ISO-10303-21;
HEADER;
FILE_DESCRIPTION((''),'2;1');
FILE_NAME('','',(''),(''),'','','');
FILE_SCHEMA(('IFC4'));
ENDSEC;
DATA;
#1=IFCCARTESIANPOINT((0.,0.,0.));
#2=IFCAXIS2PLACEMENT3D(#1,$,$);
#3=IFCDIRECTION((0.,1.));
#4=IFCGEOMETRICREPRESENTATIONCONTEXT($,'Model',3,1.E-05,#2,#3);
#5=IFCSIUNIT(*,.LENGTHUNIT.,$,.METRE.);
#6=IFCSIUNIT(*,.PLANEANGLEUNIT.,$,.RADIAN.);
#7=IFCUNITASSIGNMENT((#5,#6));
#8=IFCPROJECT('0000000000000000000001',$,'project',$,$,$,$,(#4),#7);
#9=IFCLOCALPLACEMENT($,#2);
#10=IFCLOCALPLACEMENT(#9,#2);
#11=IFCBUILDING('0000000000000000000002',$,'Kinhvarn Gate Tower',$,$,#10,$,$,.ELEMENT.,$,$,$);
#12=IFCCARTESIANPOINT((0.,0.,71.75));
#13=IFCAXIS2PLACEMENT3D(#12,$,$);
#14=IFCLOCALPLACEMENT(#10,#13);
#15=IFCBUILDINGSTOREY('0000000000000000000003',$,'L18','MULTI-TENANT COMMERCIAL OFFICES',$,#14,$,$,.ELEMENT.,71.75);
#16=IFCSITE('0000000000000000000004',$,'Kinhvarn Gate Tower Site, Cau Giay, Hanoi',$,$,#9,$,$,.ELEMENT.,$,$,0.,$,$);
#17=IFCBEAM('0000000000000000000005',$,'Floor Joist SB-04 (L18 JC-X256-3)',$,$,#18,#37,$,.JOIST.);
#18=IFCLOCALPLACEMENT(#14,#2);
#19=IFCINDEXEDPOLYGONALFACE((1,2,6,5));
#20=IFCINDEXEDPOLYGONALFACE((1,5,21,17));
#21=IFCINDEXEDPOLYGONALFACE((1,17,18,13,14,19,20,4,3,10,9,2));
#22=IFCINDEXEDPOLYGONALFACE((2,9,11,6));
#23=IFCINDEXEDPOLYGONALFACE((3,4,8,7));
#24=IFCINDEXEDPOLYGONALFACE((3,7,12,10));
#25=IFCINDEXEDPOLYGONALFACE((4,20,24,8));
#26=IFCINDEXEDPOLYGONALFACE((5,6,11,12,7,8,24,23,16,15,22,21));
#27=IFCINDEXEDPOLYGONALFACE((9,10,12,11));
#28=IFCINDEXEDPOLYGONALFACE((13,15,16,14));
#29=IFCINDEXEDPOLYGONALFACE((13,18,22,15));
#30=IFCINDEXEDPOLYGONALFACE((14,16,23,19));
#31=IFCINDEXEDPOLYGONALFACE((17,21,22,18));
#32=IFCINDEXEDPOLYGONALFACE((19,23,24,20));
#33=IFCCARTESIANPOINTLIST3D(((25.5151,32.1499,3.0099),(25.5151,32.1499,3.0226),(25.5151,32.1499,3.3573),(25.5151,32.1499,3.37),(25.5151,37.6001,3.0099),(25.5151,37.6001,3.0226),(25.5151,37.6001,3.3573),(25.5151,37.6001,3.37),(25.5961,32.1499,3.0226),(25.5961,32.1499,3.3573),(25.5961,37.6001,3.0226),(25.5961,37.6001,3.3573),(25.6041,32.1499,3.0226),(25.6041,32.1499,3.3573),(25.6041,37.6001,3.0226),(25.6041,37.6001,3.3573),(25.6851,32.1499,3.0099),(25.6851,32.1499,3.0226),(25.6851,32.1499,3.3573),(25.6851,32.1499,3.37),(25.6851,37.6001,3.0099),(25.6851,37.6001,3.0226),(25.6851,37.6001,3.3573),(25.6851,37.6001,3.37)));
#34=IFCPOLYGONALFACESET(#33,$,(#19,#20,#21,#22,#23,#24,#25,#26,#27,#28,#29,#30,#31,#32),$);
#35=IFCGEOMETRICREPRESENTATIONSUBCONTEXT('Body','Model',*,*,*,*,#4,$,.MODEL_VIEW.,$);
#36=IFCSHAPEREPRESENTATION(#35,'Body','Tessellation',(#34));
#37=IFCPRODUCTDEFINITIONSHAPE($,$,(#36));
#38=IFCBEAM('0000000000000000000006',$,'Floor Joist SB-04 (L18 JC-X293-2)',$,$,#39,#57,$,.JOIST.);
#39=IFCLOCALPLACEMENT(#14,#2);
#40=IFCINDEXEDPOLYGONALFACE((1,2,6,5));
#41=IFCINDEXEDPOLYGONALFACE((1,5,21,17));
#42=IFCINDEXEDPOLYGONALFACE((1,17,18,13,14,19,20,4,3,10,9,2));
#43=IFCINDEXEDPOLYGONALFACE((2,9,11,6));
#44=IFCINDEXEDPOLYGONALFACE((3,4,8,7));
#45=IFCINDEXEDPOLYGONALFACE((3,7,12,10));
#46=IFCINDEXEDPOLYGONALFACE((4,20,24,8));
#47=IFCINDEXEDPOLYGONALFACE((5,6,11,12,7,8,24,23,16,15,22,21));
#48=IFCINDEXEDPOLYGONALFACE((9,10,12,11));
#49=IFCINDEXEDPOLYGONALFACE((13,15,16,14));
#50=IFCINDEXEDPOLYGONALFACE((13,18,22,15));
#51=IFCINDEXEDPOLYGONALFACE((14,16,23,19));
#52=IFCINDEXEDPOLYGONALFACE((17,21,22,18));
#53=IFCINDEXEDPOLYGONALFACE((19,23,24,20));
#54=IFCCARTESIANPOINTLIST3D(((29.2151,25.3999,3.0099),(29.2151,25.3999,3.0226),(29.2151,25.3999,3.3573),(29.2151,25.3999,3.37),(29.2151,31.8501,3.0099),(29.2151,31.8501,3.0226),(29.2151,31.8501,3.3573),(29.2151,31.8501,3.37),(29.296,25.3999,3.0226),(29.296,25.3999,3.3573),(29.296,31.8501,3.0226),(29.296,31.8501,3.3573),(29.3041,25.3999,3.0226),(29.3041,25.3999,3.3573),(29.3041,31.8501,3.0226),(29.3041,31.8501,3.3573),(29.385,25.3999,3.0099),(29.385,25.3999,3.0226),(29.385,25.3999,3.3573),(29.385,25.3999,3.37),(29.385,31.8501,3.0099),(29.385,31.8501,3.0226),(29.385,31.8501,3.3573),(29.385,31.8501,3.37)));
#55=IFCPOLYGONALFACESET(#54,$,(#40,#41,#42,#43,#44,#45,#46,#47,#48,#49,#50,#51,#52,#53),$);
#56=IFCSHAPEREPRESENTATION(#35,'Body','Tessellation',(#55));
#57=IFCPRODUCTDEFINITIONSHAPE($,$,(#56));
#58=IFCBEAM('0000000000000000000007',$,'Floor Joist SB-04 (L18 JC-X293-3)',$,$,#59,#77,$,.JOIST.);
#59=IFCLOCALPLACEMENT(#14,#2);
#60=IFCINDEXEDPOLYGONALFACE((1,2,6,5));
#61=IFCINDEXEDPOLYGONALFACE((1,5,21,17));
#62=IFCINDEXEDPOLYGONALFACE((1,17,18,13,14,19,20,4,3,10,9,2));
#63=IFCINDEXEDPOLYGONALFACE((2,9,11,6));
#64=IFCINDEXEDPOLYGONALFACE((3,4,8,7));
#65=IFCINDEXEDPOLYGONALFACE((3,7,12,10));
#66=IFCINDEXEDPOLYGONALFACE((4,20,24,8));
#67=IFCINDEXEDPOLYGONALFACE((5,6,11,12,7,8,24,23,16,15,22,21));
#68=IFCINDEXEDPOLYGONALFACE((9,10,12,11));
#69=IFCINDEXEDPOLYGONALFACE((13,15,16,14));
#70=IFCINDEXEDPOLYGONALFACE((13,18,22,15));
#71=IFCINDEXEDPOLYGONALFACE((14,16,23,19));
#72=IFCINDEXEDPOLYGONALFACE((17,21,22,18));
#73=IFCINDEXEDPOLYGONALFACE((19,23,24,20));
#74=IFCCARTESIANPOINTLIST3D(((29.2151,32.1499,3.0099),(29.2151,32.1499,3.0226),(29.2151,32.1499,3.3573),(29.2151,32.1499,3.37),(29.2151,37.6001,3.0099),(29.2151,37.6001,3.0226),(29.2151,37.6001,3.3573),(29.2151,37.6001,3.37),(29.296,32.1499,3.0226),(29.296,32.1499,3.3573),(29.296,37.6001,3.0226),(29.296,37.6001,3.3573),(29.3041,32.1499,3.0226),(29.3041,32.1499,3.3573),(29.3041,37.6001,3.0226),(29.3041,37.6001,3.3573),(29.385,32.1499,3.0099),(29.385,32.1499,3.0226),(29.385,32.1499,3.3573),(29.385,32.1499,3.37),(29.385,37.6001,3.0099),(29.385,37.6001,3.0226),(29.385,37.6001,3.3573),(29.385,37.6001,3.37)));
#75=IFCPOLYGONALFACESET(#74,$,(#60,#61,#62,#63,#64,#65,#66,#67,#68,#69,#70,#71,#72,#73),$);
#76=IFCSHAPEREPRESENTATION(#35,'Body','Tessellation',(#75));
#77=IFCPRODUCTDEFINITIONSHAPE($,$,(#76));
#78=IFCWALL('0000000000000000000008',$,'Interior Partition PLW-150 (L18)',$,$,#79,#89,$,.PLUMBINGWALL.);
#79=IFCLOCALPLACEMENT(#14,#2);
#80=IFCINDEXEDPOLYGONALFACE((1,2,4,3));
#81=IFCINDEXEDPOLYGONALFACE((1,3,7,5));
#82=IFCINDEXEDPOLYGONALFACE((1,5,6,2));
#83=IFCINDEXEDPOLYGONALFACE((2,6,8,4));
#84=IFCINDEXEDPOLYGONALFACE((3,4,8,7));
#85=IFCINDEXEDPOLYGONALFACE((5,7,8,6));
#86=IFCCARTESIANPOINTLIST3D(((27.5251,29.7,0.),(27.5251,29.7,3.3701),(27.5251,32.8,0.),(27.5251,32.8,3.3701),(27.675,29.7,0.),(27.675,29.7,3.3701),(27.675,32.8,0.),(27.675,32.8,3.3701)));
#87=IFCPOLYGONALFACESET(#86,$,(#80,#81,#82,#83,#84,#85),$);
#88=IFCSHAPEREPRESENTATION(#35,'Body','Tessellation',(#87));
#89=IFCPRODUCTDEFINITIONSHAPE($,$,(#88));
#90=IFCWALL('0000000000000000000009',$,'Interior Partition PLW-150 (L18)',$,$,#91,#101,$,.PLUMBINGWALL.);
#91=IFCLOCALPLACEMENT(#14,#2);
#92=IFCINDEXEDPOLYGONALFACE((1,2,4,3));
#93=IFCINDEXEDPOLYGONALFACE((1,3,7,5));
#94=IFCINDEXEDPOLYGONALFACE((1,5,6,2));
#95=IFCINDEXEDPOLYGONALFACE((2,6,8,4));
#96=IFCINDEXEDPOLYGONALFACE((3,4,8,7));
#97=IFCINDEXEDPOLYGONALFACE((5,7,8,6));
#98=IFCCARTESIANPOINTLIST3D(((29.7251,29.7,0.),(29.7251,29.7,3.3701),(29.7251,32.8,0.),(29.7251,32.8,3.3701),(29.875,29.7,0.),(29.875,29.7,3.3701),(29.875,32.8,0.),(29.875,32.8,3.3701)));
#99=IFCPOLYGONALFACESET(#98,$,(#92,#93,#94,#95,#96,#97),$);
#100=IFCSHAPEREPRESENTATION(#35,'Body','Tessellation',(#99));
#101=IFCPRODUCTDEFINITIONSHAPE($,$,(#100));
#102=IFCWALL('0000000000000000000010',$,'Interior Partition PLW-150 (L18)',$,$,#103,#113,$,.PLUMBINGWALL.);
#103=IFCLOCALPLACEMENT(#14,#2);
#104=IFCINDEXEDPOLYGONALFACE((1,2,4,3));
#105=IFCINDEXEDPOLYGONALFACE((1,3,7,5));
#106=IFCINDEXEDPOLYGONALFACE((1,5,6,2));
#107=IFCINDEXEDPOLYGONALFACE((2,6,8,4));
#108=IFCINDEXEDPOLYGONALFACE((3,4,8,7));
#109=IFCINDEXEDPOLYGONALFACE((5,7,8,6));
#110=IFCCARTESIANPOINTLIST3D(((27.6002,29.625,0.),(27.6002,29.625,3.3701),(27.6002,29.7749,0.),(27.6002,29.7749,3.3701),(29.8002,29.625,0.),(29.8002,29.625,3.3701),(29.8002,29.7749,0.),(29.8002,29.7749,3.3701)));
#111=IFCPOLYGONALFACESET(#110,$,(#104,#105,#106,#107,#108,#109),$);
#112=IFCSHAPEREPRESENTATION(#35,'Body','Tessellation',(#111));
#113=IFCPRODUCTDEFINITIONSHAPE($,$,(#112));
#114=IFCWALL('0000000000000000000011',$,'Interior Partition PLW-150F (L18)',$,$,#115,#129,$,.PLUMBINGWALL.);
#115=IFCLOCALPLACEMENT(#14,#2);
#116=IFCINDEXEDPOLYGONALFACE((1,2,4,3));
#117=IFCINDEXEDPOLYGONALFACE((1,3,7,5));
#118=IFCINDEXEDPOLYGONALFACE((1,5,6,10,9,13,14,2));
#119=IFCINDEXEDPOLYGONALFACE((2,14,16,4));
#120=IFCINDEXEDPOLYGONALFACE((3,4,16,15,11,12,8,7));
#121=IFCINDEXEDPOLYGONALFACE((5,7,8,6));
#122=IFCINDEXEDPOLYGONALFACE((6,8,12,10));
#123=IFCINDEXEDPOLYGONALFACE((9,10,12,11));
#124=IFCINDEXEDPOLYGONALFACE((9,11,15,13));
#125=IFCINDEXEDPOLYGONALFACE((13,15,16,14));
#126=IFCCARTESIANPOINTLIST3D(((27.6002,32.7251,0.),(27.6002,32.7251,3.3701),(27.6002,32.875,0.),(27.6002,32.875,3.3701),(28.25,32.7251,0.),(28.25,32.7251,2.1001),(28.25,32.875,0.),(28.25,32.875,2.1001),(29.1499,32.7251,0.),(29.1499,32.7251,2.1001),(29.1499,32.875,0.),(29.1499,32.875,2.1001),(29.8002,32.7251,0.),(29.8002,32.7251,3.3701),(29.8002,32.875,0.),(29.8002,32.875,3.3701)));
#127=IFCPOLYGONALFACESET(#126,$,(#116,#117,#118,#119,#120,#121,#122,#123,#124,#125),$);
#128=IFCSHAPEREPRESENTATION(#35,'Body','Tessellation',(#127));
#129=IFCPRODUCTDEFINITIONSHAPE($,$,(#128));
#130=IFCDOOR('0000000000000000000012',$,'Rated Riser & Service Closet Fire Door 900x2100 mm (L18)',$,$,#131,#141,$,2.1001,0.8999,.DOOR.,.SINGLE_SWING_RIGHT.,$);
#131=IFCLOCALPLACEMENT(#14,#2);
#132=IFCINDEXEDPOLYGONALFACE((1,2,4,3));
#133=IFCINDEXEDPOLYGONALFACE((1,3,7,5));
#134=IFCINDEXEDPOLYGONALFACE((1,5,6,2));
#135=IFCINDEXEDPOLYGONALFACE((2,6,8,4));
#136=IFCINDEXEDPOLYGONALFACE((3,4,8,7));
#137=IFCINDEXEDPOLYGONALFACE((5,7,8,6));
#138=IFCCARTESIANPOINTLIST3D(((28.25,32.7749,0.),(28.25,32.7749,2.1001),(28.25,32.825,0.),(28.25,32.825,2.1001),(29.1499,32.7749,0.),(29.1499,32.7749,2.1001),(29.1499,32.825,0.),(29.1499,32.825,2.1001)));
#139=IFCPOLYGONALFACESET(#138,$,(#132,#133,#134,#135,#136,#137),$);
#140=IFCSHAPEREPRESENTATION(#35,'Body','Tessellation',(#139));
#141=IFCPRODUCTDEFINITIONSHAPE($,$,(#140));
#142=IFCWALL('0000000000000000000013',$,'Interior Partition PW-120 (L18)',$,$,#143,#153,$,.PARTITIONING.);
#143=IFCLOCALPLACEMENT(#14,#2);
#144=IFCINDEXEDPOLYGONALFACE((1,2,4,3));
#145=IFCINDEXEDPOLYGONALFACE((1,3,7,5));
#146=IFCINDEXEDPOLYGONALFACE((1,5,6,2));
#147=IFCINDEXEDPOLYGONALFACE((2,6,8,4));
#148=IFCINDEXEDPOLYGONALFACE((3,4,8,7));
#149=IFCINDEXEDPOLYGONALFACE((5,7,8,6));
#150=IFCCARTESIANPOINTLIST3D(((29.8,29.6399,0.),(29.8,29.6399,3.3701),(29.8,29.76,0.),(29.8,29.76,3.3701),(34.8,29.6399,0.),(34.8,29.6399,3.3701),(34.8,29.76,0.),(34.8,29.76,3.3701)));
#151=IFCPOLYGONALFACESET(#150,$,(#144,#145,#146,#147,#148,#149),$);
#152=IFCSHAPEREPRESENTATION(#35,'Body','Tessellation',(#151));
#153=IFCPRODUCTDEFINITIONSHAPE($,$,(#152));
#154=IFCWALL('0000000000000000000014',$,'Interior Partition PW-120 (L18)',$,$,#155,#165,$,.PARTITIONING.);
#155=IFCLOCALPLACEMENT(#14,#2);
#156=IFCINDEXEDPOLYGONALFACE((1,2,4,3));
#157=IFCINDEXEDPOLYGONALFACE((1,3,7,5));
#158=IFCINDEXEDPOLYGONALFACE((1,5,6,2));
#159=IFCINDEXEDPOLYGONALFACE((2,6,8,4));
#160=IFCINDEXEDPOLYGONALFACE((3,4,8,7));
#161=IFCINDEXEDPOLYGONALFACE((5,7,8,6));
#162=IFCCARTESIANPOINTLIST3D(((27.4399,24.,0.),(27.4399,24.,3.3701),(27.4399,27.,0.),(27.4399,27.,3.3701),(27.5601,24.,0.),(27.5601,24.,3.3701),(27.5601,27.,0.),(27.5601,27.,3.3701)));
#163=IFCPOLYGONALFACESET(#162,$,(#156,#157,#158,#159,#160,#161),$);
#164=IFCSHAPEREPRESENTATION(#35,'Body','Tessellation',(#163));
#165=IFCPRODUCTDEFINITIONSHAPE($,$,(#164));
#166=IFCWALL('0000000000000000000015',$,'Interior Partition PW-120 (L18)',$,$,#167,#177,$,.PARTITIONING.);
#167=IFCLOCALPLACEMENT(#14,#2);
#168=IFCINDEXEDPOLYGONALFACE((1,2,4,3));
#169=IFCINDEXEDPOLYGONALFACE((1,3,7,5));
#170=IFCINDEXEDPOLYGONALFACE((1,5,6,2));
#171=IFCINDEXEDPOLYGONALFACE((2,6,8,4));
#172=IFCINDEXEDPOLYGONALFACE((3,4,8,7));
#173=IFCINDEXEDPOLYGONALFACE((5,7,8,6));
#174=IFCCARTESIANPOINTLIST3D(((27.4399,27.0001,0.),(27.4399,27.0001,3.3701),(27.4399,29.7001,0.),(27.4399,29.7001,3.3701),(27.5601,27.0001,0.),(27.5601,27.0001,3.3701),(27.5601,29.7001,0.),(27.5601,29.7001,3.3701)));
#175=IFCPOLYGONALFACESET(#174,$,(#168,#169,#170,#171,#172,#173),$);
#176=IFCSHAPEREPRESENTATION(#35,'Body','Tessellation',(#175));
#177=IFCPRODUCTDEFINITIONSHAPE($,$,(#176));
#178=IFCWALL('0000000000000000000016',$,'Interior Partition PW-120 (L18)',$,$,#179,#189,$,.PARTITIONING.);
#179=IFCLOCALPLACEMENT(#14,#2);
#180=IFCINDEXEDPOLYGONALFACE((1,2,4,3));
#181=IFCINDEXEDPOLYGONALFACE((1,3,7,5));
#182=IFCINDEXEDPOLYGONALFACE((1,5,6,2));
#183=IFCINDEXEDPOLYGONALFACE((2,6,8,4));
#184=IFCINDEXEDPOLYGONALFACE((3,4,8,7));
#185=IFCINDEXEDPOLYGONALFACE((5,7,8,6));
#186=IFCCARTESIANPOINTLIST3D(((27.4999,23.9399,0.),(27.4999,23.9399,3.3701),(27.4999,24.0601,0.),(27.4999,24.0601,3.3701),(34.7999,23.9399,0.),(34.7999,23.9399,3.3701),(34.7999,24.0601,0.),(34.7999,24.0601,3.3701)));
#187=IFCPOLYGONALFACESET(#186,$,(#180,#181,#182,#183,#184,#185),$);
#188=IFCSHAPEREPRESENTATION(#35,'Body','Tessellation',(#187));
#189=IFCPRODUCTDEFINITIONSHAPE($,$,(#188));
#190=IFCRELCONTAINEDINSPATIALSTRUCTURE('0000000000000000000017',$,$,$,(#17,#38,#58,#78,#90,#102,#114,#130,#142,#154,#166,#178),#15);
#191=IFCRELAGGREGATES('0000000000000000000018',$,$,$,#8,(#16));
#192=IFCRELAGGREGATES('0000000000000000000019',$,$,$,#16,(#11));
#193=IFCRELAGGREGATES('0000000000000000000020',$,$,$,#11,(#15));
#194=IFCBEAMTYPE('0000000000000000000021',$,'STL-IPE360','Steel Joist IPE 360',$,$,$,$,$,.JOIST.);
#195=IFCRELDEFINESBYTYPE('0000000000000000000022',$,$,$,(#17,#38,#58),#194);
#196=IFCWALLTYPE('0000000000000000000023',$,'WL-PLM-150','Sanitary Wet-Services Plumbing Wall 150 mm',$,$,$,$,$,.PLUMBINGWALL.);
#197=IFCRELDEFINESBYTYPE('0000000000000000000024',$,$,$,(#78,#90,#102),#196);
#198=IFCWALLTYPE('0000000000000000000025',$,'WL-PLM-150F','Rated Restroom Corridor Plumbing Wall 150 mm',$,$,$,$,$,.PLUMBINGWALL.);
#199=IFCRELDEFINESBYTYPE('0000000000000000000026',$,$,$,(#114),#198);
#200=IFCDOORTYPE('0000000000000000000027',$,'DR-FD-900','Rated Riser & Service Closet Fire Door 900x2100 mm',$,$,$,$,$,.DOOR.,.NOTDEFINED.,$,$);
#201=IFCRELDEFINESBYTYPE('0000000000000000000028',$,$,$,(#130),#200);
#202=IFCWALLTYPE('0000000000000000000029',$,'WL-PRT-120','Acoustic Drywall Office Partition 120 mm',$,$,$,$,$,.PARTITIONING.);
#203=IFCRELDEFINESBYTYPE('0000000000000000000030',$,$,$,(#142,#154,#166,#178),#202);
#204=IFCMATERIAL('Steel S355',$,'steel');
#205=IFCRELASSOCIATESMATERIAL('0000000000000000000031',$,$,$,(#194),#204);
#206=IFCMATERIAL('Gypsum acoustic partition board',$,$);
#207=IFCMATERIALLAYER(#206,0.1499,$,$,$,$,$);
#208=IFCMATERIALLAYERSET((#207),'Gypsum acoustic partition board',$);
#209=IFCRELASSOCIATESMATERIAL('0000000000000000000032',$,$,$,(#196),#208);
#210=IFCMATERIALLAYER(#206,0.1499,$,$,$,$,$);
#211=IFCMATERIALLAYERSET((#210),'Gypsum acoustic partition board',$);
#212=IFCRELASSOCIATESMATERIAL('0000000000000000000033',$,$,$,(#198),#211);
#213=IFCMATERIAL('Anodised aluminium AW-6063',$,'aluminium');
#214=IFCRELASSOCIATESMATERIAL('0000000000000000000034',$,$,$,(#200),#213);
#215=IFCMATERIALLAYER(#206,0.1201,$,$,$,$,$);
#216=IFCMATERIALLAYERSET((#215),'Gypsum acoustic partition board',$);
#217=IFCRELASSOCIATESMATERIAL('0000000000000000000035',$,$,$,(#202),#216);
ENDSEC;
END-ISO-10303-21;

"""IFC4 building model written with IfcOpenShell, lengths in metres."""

from ifc_helpers import new_model, si_unit, direction, frame, frame_2d, origin, origin_2d, place, context, subcontext, project, spatial, rectangle, i_section, extrude, material, layer, layer_set, material_profile, profile_set, type_object, element, fill, save


model = new_model("IFC4")

# Units and contexts
model_context = context("Model", 3, precision=1e-05, world=origin(), true_north=direction((0.0, 1.0)))
body_context = subcontext(model_context, "Body", "Model", "MODEL_VIEW")
ifc_project = project(units=[si_unit("LENGTHUNIT", "METRE"), si_unit("PLANEANGLEUNIT", "RADIAN")], contexts=[model_context])

# Site, building, storey
site_placement = place(None, origin())
site = spatial("IfcSite", under=ifc_project, at=site_placement, Name="Kinhvarn Gate Tower Site, Cau Giay, Hanoi", CompositionType="ELEMENT", RefElevation=0.0)
building_placement = place(site_placement, origin())
building = spatial("IfcBuilding", under=site, at=building_placement, Name="Kinhvarn Gate Tower", CompositionType="ELEMENT")
storey_placement = place(building_placement, frame((0.0, 0.0, 71.75)))
storey = spatial("IfcBuildingStorey", under=building, at=storey_placement, Name="L18", Description="MULTI-TENANT COMMERCIAL OFFICES", CompositionType="ELEMENT", Elevation=71.75)

# Beams
ifc_material_1 = material(Name="Steel S355", Category="steel")
ifc_material_profile = material_profile(ifc_material_1, i_section(OverallWidth=0.1699, OverallDepth=0.3601, WebThickness=0.0081, FlangeThickness=0.0127, at=origin_2d()), Name="IPE 360")
ifc_profile_set = profile_set([ifc_material_profile], Name="Steel S355")
beam_type = type_object("IfcBeamType", Name="STL-IPE360", Description="Steel Joist IPE 360", PredefinedType="JOIST", material=ifc_profile_set)
beam_1_placement = place(storey_placement, frame((25.6001, 32.1499, 3.1899), z_axis=(0.0, 1.0, 0.0), x_axis=(-1.0, 0.0, 0.0)))
element("IfcBeam", 1, at=beam_1_placement, inside=storey, type_object=beam_type, Name="Floor Joist SB-04 (L18 JC-X256-3)", PredefinedType="JOIST", context=body_context, shape_type="SweptSolid", body=[
    extrude(i_section(OverallWidth=0.1699, OverallDepth=0.3601, WebThickness=0.0081, FlangeThickness=0.0127, at=origin_2d()), origin(), (0.0, 0.0, 1.0), 5.4502),
])
beam_2_placement = place(storey_placement, frame((29.3, 25.3999, 3.1899), z_axis=(0.0, 1.0, 0.0), x_axis=(-1.0, 0.0, 0.0)))
element("IfcBeam", 2, at=beam_2_placement, inside=storey, type_object=beam_type, Name="Floor Joist SB-04 (L18 JC-X293-2)", PredefinedType="JOIST", context=body_context, shape_type="SweptSolid", body=[
    extrude(i_section(OverallWidth=0.1699, OverallDepth=0.3601, WebThickness=0.0081, FlangeThickness=0.0127, at=origin_2d()), origin(), (0.0, 0.0, 1.0), 6.4502),
])
beam_3_placement = place(storey_placement, frame((29.3, 32.1499, 3.1899), z_axis=(0.0, 1.0, 0.0), x_axis=(-1.0, 0.0, 0.0)))
element("IfcBeam", 3, at=beam_3_placement, inside=storey, type_object=beam_type, Name="Floor Joist SB-04 (L18 JC-X293-3)", PredefinedType="JOIST", context=body_context, shape_type="SweptSolid", body=[
    extrude(i_section(OverallWidth=0.1699, OverallDepth=0.3601, WebThickness=0.0081, FlangeThickness=0.0127, at=origin_2d()), origin(), (0.0, 0.0, 1.0), 5.4502),
])

# Walls
ifc_material_2 = material(Name="Gypsum acoustic partition board")
ifc_layer_1 = layer(ifc_material_2, 0.1499)
ifc_layer_set_1 = layer_set([ifc_layer_1], Name="Gypsum acoustic partition board")
wall_type_1 = type_object("IfcWallType", Name="WL-PLM-150", Description="Sanitary Wet-Services Plumbing Wall 150 mm", PredefinedType="PLUMBINGWALL", material=ifc_layer_set_1)
for number, where, z_axis, x_axis, name in (
    (4, (27.6001, 29.7, 0.0), (0.0, 0.0, 1.0), (0.0, 1.0, 0.0), "Interior Partition PLW-150 (L18)"),
    (5, (29.8, 29.7, 0.0), (0.0, 0.0, 1.0), (0.0, 1.0, 0.0), "Interior Partition PLW-150 (L18)"),
):
    element("IfcWall", number, at=place(storey_placement, frame(where, z_axis=z_axis, x_axis=x_axis)), inside=storey, type_object=wall_type_1, Name=name, PredefinedType="PLUMBINGWALL", context=body_context, shape_type="SweptSolid", body=[
        extrude(rectangle(XDim=3.1001, YDim=0.1499, at=frame_2d((1.55, 0.0))), origin(), (0.0, 0.0, 1.0), 3.3701),
    ])
wall_1_placement = place(storey_placement, frame((27.6001, 29.7, 0.0), z_axis=(0.0, 0.0, 1.0), x_axis=(1.0, 0.0, 0.0)))
element("IfcWall", 6, at=wall_1_placement, inside=storey, type_object=wall_type_1, Name="Interior Partition PLW-150 (L18)", PredefinedType="PLUMBINGWALL", context=body_context, shape_type="SweptSolid", body=[
    extrude(rectangle(XDim=2.2, YDim=0.1499, at=frame_2d((1.1001, 0.0))), origin(), (0.0, 0.0, 1.0), 3.3701),
])

# Wall, opening, door
ifc_layer_2 = layer(ifc_material_2, 0.1499)
ifc_layer_set_2 = layer_set([ifc_layer_2], Name="Gypsum acoustic partition board")
wall_type_2 = type_object("IfcWallType", Name="WL-PLM-150F", Description="Rated Restroom Corridor Plumbing Wall 150 mm", PredefinedType="PLUMBINGWALL", material=ifc_layer_set_2)
wall_2_placement = place(storey_placement, frame((27.6001, 32.8, 0.0), z_axis=(0.0, 0.0, 1.0), x_axis=(1.0, 0.0, 0.0)))
wall_2 = element("IfcWall", 7, at=wall_2_placement, inside=storey, type_object=wall_type_2, Name="Interior Partition PLW-150F (L18)", PredefinedType="PLUMBINGWALL", context=body_context, shape_type="SweptSolid", body=[
    extrude(rectangle(XDim=2.2, YDim=0.1499, at=frame_2d((1.1001, 0.0))), origin(), (0.0, 0.0, 1.0), 3.3701),
])
opening_1_placement = place(wall_2_placement, frame((0.6499, 0.0, 0.0)))
opening_1 = element("IfcOpeningElement", 8, at=opening_1_placement, cuts=wall_2, PredefinedType="OPENING", context=body_context, shape_type="SweptSolid", body=[
    extrude(rectangle(XDim=0.8999, YDim=2.1001, at=frame_2d((0.45, 1.05))), frame((0.0, 0.085, 0.0), z_axis=(0.0, -1.0, 0.0), x_axis=(1.0, 0.0, 0.0)), (0.0, 0.0, 1.0), 0.1699),
])
ifc_material_3 = material(Name="Anodised aluminium AW-6063", Category="aluminium")
door_type_1 = type_object("IfcDoorType", Name="DR-FD-900", Description="Rated Riser & Service Closet Fire Door 900x2100 mm", OperationType="NOTDEFINED", PredefinedType="DOOR", material=ifc_material_3)
door_1_placement = place(opening_1_placement, origin())
door_1 = element("IfcDoor", 9, at=door_1_placement, inside=storey, type_object=door_type_1, Name="Rated Riser & Service Closet Fire Door 900x2100 mm (L18)", OperationType="SINGLE_SWING_RIGHT", OverallHeight=2.1001, OverallWidth=0.8999, PredefinedType="DOOR", context=body_context, shape_type="SweptSolid", body=[
    extrude(rectangle(XDim=0.8999, YDim=2.1001, at=frame_2d((0.45, 1.05))), frame((0.0, 0.0249, 0.0), z_axis=(0.0, -1.0, 0.0), x_axis=(1.0, 0.0, 0.0)), (0.0, 0.0, 1.0), 0.05),
])
fill(opening_1, door_1)

# Walls
ifc_layer_3 = layer(ifc_material_2, 0.1201)
ifc_layer_set_3 = layer_set([ifc_layer_3], Name="Gypsum acoustic partition board")
wall_type_3 = type_object("IfcWallType", Name="WL-PRT-120", Description="Acoustic Drywall Office Partition 120 mm", PredefinedType="PARTITIONING", material=ifc_layer_set_3)
wall_3_placement = place(storey_placement, frame((29.8, 29.7, 0.0), z_axis=(0.0, 0.0, 1.0), x_axis=(1.0, 0.0, 0.0)))
element("IfcWall", 10, at=wall_3_placement, inside=storey, type_object=wall_type_3, Name="Interior Partition PW-120 (L18)", PredefinedType="PARTITIONING", context=body_context, shape_type="SweptSolid", body=[
    extrude(rectangle(XDim=5.0, YDim=0.1201, at=frame_2d((2.5, 0.0))), origin(), (0.0, 0.0, 1.0), 3.3701),
])
wall_4_placement = place(storey_placement, frame((27.5, 24.0, 0.0), z_axis=(0.0, 0.0, 1.0), x_axis=(0.0, 1.0, 0.0)))
element("IfcWall", 11, at=wall_4_placement, inside=storey, type_object=wall_type_3, Name="Interior Partition PW-120 (L18)", PredefinedType="PARTITIONING", context=body_context, shape_type="SweptSolid", body=[
    extrude(rectangle(XDim=3.0, YDim=0.1201, at=frame_2d((1.5, 0.0))), origin(), (0.0, 0.0, 1.0), 3.3701),
])
wall_5_placement = place(storey_placement, frame((27.5, 27.0, 0.0), z_axis=(0.0, 0.0, 1.0), x_axis=(0.0, 1.0, 0.0)))
element("IfcWall", 12, at=wall_5_placement, inside=storey, type_object=wall_type_3, Name="Interior Partition PW-120 (L18)", PredefinedType="PARTITIONING", context=body_context, shape_type="SweptSolid", body=[
    extrude(rectangle(XDim=2.7, YDim=0.1201, at=frame_2d((1.3501, 0.0))), origin(), (0.0, 0.0, 1.0), 3.3701),
])
for number, where, z_axis, x_axis, name in (
    (13, (27.5, 24.0, 0.0), (0.0, 0.0, 1.0), (1.0, 0.0, 0.0), "Interior Partition PW-120 (L18)"),
):
    element("IfcWall", number, at=place(storey_placement, frame(where, z_axis=z_axis, x_axis=x_axis)), inside=storey, type_object=wall_type_3, Name=name, PredefinedType="PARTITIONING", context=body_context, shape_type="SweptSolid", body=[
        extrude(rectangle(XDim=7.3, YDim=0.1201, at=frame_2d((3.6499, 0.0))), origin(), (0.0, 0.0, 1.0), 3.3701),
    ])

save(model, "model.ifc")
